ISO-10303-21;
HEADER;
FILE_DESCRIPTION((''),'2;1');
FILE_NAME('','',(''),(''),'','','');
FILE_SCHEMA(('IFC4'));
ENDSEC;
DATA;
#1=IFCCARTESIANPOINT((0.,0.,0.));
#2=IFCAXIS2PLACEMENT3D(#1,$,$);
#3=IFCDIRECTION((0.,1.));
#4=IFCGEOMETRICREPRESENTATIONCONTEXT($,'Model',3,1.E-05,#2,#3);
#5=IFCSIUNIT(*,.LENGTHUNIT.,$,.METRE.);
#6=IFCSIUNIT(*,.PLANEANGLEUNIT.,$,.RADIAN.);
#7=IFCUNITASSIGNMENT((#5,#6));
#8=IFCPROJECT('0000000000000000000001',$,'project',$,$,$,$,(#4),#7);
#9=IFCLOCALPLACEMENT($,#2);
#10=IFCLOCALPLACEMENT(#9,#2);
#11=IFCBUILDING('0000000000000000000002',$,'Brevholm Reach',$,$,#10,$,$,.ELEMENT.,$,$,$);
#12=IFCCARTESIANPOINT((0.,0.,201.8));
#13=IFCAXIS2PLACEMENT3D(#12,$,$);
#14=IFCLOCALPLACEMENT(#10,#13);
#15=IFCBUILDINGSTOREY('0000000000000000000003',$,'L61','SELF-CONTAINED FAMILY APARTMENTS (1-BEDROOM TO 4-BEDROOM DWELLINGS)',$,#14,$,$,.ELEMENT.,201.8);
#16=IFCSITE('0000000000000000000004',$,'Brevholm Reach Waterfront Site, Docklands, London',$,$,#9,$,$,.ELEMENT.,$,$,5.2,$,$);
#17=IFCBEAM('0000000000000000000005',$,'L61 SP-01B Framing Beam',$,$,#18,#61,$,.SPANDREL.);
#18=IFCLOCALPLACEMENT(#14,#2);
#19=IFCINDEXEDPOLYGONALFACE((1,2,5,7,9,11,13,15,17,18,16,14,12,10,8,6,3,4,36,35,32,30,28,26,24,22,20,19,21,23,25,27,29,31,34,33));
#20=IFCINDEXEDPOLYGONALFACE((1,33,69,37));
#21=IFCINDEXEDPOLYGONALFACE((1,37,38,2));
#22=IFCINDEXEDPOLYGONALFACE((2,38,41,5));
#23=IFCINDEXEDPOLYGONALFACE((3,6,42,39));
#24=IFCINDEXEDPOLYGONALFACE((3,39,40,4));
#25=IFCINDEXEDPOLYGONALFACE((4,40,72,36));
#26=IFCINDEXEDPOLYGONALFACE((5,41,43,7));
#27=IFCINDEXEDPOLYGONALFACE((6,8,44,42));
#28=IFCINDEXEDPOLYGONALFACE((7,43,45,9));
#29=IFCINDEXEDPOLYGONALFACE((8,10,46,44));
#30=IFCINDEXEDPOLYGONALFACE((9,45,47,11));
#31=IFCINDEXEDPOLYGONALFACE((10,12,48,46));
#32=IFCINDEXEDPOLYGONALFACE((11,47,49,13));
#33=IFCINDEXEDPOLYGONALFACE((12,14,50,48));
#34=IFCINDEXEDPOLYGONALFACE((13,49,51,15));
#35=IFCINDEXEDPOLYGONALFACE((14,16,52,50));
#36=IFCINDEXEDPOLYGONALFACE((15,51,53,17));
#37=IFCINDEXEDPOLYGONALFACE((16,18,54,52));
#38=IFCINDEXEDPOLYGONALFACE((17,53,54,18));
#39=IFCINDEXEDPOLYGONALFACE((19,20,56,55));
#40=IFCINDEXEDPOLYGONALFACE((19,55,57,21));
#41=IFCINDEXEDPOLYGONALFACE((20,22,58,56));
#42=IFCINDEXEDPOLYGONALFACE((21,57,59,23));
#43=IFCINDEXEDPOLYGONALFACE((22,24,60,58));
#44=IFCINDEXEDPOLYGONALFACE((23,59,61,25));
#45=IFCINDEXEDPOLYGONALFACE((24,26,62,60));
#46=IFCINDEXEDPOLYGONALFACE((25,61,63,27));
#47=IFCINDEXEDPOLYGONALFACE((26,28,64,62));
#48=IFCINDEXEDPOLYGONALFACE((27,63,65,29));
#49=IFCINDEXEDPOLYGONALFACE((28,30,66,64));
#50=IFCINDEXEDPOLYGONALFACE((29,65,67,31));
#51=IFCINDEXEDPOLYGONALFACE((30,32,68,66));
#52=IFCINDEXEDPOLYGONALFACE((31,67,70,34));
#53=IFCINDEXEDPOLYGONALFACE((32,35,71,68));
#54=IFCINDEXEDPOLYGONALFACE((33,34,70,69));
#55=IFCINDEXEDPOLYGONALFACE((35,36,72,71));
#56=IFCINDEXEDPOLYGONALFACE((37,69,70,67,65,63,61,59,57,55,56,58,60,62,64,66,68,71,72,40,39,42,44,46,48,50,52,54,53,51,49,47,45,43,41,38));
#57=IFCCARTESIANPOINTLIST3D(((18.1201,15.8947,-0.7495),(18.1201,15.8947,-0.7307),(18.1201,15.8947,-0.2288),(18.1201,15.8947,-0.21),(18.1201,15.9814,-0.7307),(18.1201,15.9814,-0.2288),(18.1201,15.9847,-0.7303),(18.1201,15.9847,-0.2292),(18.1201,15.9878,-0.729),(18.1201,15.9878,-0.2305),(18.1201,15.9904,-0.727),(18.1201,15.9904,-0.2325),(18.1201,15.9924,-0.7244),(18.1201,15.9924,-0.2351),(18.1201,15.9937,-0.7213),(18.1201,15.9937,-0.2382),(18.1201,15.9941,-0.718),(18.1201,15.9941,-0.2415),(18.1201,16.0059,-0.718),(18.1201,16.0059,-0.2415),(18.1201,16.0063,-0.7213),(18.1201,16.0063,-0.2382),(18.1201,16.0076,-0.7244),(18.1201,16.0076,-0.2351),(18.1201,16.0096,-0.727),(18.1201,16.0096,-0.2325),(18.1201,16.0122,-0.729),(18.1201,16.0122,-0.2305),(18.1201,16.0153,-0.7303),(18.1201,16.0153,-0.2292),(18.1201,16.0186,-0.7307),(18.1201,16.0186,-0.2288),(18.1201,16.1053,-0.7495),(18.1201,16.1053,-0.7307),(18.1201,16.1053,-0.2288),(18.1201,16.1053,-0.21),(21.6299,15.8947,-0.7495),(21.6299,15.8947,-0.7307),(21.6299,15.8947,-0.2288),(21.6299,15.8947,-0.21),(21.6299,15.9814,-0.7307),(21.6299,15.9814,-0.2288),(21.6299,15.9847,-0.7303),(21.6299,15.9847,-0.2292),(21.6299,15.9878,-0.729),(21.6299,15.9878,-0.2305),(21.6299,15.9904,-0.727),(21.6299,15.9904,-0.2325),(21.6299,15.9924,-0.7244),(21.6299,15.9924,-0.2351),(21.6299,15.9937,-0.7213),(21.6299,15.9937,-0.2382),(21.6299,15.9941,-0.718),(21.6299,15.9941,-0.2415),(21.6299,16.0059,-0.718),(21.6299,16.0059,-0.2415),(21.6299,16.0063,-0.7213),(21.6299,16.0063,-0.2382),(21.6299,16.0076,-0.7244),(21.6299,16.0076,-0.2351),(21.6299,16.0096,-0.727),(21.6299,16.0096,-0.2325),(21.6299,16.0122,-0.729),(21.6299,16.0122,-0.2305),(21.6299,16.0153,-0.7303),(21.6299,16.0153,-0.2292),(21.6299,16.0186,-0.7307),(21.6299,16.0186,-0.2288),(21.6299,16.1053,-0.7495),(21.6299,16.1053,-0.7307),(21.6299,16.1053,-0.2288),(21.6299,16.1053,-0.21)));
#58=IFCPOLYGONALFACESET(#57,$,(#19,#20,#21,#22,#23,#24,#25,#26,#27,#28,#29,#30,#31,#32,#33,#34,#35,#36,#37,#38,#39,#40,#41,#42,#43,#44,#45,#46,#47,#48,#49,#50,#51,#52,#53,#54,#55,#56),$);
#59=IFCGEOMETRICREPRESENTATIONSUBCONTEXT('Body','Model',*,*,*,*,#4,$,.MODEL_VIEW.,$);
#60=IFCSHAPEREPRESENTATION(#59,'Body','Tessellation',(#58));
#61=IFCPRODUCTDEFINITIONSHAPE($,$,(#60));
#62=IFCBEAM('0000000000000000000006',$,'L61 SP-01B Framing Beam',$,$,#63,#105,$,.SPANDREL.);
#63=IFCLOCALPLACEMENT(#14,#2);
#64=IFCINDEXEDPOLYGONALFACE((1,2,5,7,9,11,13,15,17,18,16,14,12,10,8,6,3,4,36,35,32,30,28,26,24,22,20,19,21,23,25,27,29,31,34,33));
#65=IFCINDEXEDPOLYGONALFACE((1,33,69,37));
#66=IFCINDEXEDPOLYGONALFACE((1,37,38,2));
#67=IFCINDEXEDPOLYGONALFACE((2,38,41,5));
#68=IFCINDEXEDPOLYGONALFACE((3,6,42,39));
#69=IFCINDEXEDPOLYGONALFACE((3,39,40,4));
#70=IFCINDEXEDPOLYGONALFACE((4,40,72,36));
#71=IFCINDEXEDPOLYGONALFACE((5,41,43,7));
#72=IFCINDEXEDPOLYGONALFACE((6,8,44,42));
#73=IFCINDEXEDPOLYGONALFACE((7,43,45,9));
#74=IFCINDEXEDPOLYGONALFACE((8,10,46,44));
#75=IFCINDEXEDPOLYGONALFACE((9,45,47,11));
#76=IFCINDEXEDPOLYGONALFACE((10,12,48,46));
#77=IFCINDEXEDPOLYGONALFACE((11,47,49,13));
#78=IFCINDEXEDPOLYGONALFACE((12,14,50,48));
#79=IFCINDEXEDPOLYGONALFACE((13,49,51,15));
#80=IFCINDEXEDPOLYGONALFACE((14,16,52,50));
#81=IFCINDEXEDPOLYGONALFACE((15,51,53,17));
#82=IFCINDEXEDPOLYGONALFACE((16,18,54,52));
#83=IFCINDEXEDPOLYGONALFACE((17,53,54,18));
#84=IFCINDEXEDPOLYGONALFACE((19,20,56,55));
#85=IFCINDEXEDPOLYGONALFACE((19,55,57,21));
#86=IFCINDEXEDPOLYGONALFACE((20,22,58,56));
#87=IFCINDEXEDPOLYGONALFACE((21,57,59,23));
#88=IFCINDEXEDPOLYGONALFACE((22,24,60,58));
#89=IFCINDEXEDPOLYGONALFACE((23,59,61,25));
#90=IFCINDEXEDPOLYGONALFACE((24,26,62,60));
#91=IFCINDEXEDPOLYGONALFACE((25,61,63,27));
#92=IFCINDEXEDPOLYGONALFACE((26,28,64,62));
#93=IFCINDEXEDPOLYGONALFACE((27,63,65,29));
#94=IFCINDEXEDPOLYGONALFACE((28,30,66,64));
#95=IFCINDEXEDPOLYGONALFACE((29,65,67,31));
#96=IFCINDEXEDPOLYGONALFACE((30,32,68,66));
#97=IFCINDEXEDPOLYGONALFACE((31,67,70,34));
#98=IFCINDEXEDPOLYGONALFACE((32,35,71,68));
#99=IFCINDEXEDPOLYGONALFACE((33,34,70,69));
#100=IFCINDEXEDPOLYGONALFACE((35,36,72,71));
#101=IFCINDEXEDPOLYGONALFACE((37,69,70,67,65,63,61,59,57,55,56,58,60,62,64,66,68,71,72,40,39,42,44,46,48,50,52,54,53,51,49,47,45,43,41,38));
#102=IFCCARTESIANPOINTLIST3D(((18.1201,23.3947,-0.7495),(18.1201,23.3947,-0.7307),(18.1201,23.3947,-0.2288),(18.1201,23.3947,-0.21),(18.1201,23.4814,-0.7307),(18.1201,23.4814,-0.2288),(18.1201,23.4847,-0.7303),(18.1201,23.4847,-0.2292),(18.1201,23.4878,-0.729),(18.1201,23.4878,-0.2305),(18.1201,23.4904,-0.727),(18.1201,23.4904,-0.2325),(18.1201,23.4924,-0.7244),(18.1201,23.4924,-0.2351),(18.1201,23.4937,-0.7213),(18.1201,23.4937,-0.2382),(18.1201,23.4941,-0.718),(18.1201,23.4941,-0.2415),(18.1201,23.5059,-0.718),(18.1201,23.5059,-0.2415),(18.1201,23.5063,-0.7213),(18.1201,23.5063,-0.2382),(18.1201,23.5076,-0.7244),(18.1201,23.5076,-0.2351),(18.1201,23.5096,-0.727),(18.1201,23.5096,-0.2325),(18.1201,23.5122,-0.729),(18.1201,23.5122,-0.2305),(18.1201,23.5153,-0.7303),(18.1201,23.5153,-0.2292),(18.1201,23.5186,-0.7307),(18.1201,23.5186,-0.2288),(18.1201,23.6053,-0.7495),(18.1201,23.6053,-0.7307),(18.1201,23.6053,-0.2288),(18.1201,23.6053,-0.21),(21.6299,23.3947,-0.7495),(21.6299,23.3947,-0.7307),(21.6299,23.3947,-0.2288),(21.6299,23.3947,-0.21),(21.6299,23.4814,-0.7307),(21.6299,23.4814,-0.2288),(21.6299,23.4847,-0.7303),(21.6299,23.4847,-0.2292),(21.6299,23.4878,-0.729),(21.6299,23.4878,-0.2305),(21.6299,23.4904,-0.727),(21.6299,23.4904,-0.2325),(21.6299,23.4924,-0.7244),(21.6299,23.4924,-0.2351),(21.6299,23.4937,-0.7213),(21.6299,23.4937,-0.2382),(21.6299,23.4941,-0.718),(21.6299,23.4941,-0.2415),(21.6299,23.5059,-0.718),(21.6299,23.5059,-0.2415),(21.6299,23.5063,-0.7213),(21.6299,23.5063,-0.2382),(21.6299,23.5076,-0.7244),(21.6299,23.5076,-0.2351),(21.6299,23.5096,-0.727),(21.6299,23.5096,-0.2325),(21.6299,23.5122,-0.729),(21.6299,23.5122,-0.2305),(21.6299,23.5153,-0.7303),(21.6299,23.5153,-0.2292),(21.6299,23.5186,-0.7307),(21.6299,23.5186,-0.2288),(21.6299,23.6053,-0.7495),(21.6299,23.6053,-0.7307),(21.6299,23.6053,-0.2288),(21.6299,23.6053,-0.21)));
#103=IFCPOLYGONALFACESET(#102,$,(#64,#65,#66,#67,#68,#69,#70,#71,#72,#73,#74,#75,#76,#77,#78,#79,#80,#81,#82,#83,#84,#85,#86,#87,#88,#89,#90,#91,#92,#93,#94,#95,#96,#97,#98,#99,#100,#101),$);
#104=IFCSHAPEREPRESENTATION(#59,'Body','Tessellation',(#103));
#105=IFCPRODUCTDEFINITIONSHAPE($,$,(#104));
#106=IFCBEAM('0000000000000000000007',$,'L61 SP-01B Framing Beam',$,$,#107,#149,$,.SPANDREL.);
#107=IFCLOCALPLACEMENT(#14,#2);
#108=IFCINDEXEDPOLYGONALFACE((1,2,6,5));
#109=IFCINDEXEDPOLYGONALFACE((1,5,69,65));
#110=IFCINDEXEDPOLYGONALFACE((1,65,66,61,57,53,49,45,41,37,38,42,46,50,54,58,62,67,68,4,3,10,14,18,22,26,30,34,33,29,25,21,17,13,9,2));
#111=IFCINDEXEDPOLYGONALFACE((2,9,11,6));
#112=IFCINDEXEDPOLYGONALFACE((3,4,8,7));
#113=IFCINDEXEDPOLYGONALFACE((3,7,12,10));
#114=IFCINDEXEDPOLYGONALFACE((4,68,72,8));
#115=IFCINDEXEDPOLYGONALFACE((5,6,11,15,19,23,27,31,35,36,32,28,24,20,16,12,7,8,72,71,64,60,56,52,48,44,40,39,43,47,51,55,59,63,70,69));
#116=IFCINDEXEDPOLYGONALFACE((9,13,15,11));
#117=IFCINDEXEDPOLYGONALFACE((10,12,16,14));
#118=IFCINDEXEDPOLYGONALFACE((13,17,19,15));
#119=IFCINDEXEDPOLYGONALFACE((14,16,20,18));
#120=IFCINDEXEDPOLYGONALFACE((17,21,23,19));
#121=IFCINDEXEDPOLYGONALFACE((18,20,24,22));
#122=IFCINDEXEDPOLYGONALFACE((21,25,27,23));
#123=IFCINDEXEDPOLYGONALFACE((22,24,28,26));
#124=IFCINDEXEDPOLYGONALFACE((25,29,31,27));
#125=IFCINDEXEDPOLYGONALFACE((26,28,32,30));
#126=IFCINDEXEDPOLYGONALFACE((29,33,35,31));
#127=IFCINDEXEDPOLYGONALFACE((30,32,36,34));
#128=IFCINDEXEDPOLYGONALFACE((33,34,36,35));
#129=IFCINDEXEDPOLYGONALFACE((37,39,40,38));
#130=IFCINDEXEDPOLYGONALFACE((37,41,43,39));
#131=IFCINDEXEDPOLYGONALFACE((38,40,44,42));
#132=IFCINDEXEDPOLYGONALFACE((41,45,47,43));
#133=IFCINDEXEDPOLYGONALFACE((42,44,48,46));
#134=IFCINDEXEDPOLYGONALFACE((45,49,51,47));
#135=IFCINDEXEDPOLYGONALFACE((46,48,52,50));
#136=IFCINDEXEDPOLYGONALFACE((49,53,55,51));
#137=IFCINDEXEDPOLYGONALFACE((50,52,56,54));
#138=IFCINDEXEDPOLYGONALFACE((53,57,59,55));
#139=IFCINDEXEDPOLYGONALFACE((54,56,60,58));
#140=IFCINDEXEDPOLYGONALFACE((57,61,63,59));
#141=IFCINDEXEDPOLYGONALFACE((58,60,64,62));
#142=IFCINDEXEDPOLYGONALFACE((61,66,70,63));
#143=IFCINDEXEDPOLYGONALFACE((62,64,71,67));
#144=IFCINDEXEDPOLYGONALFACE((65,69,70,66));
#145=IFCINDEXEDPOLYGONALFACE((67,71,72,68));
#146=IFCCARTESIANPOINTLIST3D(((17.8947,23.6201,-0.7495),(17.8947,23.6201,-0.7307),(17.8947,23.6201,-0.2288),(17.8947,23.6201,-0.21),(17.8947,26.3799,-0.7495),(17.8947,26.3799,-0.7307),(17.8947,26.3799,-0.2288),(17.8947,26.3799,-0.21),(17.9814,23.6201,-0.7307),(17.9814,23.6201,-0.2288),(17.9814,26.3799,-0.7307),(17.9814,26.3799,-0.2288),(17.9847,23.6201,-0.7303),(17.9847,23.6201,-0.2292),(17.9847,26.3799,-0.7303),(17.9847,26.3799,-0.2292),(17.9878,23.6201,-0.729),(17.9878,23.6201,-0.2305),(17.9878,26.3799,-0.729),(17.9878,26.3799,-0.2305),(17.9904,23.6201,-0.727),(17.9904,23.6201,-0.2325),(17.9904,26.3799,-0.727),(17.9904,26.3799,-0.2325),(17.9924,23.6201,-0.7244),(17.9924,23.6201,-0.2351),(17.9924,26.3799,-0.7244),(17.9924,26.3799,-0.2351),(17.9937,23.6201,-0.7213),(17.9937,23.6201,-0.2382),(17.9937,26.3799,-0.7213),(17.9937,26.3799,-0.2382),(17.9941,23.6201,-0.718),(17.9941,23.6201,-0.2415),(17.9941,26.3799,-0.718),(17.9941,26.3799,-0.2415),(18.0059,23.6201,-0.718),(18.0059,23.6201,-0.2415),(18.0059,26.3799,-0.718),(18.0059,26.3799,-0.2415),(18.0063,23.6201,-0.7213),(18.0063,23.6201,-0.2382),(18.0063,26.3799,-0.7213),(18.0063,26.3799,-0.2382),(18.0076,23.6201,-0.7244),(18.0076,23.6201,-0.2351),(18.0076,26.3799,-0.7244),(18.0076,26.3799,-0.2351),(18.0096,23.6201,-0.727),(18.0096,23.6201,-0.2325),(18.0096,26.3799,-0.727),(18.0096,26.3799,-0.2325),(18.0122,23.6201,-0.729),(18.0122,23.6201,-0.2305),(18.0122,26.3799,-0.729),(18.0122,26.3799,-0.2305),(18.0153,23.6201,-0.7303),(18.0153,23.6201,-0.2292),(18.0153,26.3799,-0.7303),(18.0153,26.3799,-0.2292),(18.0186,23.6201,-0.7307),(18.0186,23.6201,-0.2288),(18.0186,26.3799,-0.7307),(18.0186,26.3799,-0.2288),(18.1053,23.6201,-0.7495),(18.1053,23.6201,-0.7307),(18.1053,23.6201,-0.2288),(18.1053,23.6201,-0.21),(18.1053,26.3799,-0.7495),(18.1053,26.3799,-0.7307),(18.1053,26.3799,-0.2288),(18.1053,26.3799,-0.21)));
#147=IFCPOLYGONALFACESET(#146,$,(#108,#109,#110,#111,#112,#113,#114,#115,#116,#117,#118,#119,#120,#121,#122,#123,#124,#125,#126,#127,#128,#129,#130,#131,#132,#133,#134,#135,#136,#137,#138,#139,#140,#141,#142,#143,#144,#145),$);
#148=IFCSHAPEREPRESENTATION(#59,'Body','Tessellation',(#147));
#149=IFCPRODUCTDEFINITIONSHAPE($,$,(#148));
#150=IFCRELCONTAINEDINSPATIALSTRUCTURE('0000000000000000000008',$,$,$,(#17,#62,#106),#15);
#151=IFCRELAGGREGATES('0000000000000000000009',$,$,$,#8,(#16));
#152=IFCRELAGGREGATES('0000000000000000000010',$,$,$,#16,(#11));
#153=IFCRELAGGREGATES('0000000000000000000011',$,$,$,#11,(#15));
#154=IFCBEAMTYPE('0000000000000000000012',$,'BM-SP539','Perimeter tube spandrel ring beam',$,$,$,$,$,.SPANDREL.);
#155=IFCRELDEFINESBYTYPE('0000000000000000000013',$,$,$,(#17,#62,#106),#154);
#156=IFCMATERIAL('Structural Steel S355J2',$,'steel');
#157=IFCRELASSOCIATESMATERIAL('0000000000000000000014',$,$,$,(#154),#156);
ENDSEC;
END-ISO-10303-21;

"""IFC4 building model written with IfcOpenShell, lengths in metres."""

from ifc_helpers import new_model, si_unit, direction, frame, origin, origin_2d, place, context, subcontext, project, spatial, i_section, extrude, material, material_profile, profile_set, type_object, element, save


model = new_model("IFC4")

# Units and contexts
model_context = context("Model", 3, precision=1e-05, world=origin(), true_north=direction((0.0, 1.0)))
body_context = subcontext(model_context, "Body", "Model", "MODEL_VIEW")
ifc_project = project(units=[si_unit("LENGTHUNIT", "METRE"), si_unit("PLANEANGLEUNIT", "RADIAN")], contexts=[model_context])

# Site, building, storey
site_placement = place(None, origin())
site = spatial("IfcSite", under=ifc_project, at=site_placement, Name="Brevholm Reach Waterfront Site, Docklands, London", CompositionType="ELEMENT", RefElevation=5.2)
building_placement = place(site_placement, origin())
building = spatial("IfcBuilding", under=site, at=building_placement, Name="Brevholm Reach", CompositionType="ELEMENT")
storey_placement = place(building_placement, frame((0.0, 0.0, 201.8)))
storey = spatial("IfcBuildingStorey", under=building, at=storey_placement, Name="L61", Description="SELF-CONTAINED FAMILY APARTMENTS (1-BEDROOM TO 4-BEDROOM DWELLINGS)", CompositionType="ELEMENT", Elevation=201.8)

# Beams
ifc_material_1 = material(Name="Structural Steel S355J2", Category="steel")
ifc_material_profile_1 = material_profile(ifc_material_1, i_section(OverallWidth=0.2107, OverallDepth=0.5396, WebThickness=0.0117, FlangeThickness=0.0188, FilletRadius=0.0127, at=origin_2d()), Name="UKB 533x210x109")
ifc_profile_set_1 = profile_set([ifc_material_profile_1], Name="Structural Steel S355J2")
beam_type_1 = type_object("IfcBeamType", Name="BM-SP539", Description="Perimeter tube spandrel ring beam", PredefinedType="SPANDREL", material=ifc_profile_set_1)
for number, where, z_axis, x_axis, name in (
    (1, (18.1201, 16.0, -0.4797), (1.0, 0.0, 0.0), (0.0, 1.0, 0.0), "L61 SP-01B Framing Beam"),
    (2, (18.1201, 23.5, -0.4797), (1.0, 0.0, 0.0), (0.0, 1.0, 0.0), "L61 SP-01B Framing Beam"),
):
    element("IfcBeam", number, at=place(storey_placement, frame(where, z_axis=z_axis, x_axis=x_axis)), inside=storey, type_object=beam_type_1, Name=name, PredefinedType="SPANDREL", context=body_context, shape_type="SweptSolid", body=[
        extrude(i_section(OverallWidth=0.2107, OverallDepth=0.5396, WebThickness=0.0117, FlangeThickness=0.0188, FilletRadius=0.0127, at=origin_2d()), origin(), (0.0, 0.0, 1.0), 3.5098),
    ])
beam_1_placement = place(storey_placement, frame((18.0, 23.6201, -0.4797), z_axis=(0.0, 1.0, 0.0), x_axis=(-1.0, 0.0, 0.0)))
element("IfcBeam", 3, at=beam_1_placement, inside=storey, type_object=beam_type_1, Name="L61 SP-01B Framing Beam", PredefinedType="SPANDREL", context=body_context, shape_type="SweptSolid", body=[
    extrude(i_section(OverallWidth=0.2107, OverallDepth=0.5396, WebThickness=0.0117, FlangeThickness=0.0188, FilletRadius=0.0127, at=origin_2d()), origin(), (0.0, 0.0, 1.0), 2.7598),
])

save(model, "model.ifc")
